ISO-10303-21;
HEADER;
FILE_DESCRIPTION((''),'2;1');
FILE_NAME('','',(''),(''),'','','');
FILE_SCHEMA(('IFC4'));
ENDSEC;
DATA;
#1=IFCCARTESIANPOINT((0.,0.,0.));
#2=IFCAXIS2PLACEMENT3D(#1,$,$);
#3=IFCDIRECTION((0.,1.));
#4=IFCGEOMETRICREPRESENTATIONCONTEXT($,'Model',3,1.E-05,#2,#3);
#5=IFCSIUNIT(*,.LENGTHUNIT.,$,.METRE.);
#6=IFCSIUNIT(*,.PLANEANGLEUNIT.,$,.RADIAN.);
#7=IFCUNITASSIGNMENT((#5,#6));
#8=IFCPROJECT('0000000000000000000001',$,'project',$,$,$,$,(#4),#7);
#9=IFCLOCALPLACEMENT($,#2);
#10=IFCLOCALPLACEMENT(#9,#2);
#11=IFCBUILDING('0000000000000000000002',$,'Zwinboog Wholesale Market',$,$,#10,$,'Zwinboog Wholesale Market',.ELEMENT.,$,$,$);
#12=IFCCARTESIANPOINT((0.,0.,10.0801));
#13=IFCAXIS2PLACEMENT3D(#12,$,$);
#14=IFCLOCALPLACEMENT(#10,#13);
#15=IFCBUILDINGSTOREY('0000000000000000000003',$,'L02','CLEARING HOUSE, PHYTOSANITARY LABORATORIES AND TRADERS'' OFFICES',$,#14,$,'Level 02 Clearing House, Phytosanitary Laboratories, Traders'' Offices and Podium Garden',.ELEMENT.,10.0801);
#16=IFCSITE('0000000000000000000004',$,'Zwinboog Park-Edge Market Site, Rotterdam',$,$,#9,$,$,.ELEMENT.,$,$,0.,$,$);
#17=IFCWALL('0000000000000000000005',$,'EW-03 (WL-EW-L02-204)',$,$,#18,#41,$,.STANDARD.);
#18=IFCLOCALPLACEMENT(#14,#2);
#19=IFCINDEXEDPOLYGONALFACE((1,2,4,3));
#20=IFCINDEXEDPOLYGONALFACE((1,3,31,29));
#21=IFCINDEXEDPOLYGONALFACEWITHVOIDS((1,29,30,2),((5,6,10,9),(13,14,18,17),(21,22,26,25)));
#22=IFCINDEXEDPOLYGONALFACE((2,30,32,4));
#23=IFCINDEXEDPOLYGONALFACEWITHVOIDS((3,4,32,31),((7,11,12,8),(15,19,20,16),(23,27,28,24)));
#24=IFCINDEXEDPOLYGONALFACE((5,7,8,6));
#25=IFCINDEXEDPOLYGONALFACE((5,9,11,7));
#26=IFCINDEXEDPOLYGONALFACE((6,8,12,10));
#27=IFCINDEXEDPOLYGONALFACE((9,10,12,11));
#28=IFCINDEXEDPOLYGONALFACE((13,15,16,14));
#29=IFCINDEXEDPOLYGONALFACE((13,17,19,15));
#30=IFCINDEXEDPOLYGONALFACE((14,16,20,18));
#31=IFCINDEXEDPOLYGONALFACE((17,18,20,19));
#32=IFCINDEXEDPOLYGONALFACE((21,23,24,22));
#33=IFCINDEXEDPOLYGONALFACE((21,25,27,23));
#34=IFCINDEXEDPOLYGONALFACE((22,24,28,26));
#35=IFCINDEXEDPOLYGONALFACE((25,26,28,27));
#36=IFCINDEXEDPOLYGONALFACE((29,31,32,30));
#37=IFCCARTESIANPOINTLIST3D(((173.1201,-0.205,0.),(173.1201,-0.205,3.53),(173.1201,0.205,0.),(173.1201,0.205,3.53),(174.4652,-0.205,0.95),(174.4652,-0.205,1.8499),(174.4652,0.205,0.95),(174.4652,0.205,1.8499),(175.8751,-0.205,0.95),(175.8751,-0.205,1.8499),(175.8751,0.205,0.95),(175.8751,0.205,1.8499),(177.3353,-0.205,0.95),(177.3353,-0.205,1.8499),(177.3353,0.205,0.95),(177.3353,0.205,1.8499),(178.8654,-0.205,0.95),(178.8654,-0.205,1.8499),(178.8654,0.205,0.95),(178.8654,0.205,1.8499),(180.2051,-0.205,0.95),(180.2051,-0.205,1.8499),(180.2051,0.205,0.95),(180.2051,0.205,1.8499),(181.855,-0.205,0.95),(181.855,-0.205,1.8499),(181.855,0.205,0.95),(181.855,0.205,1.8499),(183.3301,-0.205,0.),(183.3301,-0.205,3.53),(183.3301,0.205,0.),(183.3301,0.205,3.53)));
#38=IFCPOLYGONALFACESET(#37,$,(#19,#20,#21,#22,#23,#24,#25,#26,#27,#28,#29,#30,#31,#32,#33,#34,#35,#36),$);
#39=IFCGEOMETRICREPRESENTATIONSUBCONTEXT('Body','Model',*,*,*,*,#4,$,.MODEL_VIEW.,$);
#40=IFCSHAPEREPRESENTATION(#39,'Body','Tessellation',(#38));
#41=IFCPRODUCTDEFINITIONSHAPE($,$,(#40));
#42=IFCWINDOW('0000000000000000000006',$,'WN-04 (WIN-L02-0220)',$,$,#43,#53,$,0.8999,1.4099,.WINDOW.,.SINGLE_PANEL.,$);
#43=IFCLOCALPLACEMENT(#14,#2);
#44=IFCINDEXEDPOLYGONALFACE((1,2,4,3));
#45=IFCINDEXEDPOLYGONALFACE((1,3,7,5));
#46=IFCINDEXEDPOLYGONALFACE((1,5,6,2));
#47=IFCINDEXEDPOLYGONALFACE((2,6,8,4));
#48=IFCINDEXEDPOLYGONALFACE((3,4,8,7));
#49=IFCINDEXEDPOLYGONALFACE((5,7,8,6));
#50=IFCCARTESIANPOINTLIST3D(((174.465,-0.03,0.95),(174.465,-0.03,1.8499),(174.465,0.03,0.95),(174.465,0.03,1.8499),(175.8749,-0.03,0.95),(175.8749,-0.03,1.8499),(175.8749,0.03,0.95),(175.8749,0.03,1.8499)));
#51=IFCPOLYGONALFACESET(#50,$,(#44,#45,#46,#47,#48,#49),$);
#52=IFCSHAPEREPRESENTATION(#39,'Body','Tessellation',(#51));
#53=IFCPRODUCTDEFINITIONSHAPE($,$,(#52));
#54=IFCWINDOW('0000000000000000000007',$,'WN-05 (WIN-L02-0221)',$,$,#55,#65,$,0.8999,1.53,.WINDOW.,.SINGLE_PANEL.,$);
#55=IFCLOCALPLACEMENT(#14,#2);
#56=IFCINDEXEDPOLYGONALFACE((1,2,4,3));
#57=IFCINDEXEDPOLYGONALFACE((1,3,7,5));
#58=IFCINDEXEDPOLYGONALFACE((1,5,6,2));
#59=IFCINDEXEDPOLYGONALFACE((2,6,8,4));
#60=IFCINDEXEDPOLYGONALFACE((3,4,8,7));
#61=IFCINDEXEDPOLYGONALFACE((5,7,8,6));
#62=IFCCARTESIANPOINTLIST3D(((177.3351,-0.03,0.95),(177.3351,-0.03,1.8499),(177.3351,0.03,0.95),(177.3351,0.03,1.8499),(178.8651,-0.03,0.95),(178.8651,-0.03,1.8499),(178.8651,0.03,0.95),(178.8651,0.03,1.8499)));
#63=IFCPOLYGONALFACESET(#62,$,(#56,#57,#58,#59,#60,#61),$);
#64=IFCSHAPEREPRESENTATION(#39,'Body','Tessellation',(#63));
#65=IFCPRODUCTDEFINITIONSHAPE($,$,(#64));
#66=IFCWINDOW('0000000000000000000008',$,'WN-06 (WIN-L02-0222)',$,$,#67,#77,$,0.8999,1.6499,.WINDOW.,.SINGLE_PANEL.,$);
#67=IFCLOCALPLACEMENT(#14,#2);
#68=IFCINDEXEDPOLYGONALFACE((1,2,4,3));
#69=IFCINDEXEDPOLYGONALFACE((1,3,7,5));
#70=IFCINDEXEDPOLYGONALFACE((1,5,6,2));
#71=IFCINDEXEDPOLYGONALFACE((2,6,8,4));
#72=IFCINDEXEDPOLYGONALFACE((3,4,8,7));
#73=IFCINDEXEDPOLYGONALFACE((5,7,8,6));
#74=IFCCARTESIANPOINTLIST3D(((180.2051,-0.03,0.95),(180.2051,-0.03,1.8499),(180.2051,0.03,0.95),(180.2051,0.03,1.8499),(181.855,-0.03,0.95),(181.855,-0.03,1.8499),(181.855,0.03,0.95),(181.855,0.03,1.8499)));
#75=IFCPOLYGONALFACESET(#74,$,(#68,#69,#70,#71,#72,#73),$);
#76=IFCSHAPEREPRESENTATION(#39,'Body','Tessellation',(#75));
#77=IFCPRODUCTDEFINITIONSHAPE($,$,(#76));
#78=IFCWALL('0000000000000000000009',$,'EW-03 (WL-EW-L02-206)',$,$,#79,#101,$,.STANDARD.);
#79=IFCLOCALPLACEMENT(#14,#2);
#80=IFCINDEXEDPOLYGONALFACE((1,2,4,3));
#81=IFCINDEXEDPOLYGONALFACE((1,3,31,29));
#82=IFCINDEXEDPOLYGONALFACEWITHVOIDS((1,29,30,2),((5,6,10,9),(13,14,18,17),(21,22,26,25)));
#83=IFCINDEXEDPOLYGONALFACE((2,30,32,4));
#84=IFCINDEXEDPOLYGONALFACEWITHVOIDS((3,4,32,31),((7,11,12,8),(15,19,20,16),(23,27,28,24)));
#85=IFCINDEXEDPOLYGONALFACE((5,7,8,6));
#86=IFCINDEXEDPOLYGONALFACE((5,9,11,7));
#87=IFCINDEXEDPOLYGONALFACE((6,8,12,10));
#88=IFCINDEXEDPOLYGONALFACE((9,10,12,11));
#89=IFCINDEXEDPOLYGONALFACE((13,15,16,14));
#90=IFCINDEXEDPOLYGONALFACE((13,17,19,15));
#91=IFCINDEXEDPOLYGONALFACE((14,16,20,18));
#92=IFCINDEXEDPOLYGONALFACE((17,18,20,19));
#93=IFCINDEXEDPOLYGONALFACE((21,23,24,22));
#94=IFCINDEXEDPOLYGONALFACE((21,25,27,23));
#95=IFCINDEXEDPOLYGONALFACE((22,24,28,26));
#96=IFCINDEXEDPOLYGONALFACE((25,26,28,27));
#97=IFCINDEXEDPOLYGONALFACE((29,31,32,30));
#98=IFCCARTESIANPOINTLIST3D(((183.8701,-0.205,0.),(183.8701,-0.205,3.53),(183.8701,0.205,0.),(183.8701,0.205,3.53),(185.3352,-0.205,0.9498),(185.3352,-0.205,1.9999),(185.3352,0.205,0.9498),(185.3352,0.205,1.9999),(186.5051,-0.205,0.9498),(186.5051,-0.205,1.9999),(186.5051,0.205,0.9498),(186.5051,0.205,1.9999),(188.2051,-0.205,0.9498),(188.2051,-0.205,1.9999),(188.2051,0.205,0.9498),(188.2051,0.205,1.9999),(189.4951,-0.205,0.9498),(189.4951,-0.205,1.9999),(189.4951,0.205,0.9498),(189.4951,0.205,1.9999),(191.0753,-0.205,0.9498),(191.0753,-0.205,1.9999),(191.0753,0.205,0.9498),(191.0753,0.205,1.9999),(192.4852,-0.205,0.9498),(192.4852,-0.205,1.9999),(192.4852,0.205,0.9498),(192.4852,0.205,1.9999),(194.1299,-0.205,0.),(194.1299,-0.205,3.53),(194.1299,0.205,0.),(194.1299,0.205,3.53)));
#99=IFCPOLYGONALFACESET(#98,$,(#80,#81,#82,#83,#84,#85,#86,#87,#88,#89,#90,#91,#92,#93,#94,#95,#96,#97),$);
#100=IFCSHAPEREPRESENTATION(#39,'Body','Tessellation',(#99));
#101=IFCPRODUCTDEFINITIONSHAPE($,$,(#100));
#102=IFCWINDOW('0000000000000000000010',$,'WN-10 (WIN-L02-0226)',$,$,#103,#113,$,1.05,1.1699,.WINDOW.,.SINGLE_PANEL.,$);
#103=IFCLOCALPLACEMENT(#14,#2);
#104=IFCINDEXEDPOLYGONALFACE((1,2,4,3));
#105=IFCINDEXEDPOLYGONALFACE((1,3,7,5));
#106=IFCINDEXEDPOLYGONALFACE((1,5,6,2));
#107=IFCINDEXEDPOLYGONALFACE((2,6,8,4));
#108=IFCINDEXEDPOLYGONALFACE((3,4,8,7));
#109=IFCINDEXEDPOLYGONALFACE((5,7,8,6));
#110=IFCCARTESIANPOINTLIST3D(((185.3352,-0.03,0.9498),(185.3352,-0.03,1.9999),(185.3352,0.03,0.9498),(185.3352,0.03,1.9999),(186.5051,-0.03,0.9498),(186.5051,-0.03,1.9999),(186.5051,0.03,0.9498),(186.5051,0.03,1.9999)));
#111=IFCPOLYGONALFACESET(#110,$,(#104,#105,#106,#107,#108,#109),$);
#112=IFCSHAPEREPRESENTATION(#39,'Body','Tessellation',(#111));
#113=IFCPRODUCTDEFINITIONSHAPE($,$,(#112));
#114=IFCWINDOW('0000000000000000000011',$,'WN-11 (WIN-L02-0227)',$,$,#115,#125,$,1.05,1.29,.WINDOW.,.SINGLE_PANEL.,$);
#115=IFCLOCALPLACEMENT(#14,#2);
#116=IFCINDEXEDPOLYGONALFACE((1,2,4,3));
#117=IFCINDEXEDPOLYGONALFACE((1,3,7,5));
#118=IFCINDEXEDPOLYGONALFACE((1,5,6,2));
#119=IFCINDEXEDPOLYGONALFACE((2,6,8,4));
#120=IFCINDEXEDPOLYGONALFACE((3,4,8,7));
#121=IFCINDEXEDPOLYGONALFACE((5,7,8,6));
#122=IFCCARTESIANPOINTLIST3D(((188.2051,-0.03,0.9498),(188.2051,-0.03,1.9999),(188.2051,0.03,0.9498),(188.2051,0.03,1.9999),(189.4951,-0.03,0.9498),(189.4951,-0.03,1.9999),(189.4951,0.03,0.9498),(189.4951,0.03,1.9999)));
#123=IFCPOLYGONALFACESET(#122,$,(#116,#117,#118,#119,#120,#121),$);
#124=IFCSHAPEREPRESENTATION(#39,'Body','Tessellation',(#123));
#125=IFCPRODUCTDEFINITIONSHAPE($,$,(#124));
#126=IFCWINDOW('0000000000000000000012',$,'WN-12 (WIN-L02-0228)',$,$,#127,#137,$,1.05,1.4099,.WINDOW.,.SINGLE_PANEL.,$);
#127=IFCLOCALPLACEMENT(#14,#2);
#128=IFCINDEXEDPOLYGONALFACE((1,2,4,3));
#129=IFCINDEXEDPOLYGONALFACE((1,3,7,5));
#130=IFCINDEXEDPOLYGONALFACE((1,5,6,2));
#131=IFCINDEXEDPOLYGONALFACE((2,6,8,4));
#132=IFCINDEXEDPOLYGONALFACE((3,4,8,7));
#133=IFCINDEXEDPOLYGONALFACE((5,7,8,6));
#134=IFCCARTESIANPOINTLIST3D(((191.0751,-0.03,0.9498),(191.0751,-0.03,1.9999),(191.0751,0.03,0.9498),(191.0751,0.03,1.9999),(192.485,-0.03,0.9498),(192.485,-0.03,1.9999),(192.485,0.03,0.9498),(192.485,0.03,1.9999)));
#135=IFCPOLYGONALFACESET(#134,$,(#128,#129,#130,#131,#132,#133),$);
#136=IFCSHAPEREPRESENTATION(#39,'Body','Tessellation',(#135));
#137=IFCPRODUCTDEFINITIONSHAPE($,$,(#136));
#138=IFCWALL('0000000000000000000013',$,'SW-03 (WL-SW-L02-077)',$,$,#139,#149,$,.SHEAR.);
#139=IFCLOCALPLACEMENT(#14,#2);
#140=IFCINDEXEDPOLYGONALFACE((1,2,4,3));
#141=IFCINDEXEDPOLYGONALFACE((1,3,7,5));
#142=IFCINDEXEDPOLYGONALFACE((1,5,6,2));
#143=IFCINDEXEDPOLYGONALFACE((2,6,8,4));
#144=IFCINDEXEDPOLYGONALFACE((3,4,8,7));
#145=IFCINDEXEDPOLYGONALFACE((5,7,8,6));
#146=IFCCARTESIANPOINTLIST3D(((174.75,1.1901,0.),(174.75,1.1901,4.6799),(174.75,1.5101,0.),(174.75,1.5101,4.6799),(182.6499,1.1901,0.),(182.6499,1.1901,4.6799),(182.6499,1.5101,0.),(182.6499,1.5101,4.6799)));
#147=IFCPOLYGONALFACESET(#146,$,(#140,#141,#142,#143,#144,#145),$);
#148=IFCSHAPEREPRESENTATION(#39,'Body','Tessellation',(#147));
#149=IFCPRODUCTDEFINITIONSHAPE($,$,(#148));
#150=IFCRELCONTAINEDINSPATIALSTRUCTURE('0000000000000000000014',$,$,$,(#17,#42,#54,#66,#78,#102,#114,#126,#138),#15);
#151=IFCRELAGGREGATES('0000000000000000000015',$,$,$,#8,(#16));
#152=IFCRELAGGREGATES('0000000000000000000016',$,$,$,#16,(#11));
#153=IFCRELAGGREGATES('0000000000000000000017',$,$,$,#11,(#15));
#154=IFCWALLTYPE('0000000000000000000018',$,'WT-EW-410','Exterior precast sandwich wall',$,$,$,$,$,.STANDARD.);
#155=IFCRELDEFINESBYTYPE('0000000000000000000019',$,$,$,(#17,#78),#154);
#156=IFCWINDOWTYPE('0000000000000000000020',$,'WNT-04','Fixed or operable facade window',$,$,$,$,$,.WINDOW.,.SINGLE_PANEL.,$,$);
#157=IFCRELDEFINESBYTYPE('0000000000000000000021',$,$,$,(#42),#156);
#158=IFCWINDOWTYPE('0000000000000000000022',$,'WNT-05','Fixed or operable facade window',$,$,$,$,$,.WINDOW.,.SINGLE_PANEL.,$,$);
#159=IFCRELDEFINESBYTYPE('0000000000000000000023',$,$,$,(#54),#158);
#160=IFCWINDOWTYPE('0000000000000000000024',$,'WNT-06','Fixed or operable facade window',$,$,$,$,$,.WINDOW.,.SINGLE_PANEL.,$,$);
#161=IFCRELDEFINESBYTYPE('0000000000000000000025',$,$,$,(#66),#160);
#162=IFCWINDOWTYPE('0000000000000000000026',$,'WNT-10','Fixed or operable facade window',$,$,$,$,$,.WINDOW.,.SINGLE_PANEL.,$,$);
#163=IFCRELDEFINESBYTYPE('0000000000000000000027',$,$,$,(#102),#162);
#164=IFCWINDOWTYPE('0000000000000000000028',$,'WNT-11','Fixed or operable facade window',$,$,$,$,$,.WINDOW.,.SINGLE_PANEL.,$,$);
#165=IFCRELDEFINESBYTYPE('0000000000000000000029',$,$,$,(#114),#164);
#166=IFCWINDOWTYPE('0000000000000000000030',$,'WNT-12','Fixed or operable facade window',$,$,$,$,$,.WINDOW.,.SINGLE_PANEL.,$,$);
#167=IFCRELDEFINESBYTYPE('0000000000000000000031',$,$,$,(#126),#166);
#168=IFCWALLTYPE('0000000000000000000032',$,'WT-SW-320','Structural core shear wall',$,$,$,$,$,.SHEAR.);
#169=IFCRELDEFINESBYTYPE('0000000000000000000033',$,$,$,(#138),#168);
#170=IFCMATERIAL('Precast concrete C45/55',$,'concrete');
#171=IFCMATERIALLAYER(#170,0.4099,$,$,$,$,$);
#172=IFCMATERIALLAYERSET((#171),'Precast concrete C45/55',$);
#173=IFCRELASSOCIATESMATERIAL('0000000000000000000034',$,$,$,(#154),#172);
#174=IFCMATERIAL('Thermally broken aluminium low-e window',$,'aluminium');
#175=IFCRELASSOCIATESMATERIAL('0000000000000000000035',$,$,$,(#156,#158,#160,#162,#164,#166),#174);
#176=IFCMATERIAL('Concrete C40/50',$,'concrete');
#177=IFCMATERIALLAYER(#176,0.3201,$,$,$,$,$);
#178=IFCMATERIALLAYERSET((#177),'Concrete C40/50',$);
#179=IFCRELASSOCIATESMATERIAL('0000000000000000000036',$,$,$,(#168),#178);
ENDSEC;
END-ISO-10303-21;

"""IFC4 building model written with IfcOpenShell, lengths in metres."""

from ifc_helpers import new_model, si_unit, direction, frame, frame_2d, origin, place, context, subcontext, project, spatial, rectangle, extrude, material, layer, layer_set, type_object, element, fill, save


model = new_model("IFC4")

# Units and contexts
model_context = context("Model", 3, precision=1e-05, world=origin(), true_north=direction((0.0, 1.0)))
body_context = subcontext(model_context, "Body", "Model", "MODEL_VIEW")
ifc_project = project(units=[si_unit("LENGTHUNIT", "METRE"), si_unit("PLANEANGLEUNIT", "RADIAN")], contexts=[model_context])

# Site, building, storey
site_placement = place(None, origin())
site = spatial("IfcSite", under=ifc_project, at=site_placement, Name="Zwinboog Park-Edge Market Site, Rotterdam", CompositionType="ELEMENT", RefElevation=0.0)
building_placement = place(site_placement, origin())
building = spatial("IfcBuilding", under=site, at=building_placement, Name="Zwinboog Wholesale Market", LongName="Zwinboog Wholesale Market", CompositionType="ELEMENT")
storey_placement = place(building_placement, frame((0.0, 0.0, 10.0801)))
storey = spatial("IfcBuildingStorey", under=building, at=storey_placement, Name="L02", Description="CLEARING HOUSE, PHYTOSANITARY LABORATORIES AND TRADERS' OFFICES", LongName="Level 02 Clearing House, Phytosanitary Laboratories, Traders' Offices and Podium Garden", CompositionType="ELEMENT", Elevation=10.0801)

# Shared definitions
ifc_material_1 = material(Name="Precast concrete C45/55", Category="concrete")

# Walls, openings, windows
ifc_layer_1 = layer(ifc_material_1, 0.4099)
ifc_layer_set_1 = layer_set([ifc_layer_1], Name="Precast concrete C45/55")
wall_type_1 = type_object("IfcWallType", Name="WT-EW-410", Description="Exterior precast sandwich wall", PredefinedType="STANDARD", material=ifc_layer_set_1)
wall_1_placement = place(storey_placement, frame((173.1201, 0.0, 0.0), z_axis=(0.0, 0.0, 1.0), x_axis=(1.0, 0.0, 0.0)))
wall_1 = element("IfcWall", 1, at=wall_1_placement, inside=storey, type_object=wall_type_1, Name="EW-03 (WL-EW-L02-204)", PredefinedType="STANDARD", context=body_context, shape_type="SweptSolid", body=[
    extrude(rectangle(XDim=10.21, YDim=0.4099, at=frame_2d((5.105, 0.0))), origin(), (0.0, 0.0, 1.0), 3.53),
])
opening_1_placement = place(wall_1_placement, frame((1.345, 0.0, 0.95)))
opening_1 = element("IfcOpeningElement", 2, at=opening_1_placement, cuts=wall_1, PredefinedType="OPENING", context=body_context, shape_type="SweptSolid", body=[
    extrude(rectangle(XDim=1.4099, YDim=0.8999, at=frame_2d((0.7051, 0.45))), frame((0.0, 0.2148, 0.0), z_axis=(0.0, -1.0, 0.0), x_axis=(1.0, 0.0, 0.0)), (0.0, 0.0, 1.0), 0.4299),
])
opening_2_placement = place(wall_1_placement, frame((4.2151, 0.0, 0.95)))
opening_2 = element("IfcOpeningElement", 3, at=opening_2_placement, cuts=wall_1, PredefinedType="OPENING", context=body_context, shape_type="SweptSolid", body=[
    extrude(rectangle(XDim=1.53, YDim=0.8999, at=frame_2d((0.7651, 0.45))), frame((0.0, 0.2148, 0.0), z_axis=(0.0, -1.0, 0.0), x_axis=(1.0, 0.0, 0.0)), (0.0, 0.0, 1.0), 0.4299),
])
opening_3_placement = place(wall_1_placement, frame((7.085, 0.0, 0.95)))
opening_3 = element("IfcOpeningElement", 4, at=opening_3_placement, cuts=wall_1, PredefinedType="OPENING", context=body_context, shape_type="SweptSolid", body=[
    extrude(rectangle(XDim=1.6499, YDim=0.8999, at=frame_2d((0.825, 0.45))), frame((0.0, 0.2148, 0.0), z_axis=(0.0, -1.0, 0.0), x_axis=(1.0, 0.0, 0.0)), (0.0, 0.0, 1.0), 0.4299),
])
ifc_material_2 = material(Name="Thermally broken aluminium low-e window", Category="aluminium")
window_type_1 = type_object("IfcWindowType", Name="WNT-04", Description="Fixed or operable facade window", PartitioningType="SINGLE_PANEL", PredefinedType="WINDOW", material=ifc_material_2)
window_1_placement = place(opening_1_placement, frame((1.4099, 0.0, 0.0), z_axis=(0.0, 0.0, 1.0), x_axis=(-1.0, 0.0, 0.0)))
window_1 = element("IfcWindow", 5, at=window_1_placement, inside=storey, type_object=window_type_1, Name="WN-04 (WIN-L02-0220)", OverallHeight=0.8999, OverallWidth=1.4099, PartitioningType="SINGLE_PANEL", PredefinedType="WINDOW", context=body_context, shape_type="SweptSolid", body=[
    extrude(rectangle(XDim=1.4099, YDim=0.8999, at=frame_2d((0.7051, 0.45))), frame((0.0, 0.03, 0.0), z_axis=(0.0, -1.0, 0.0), x_axis=(1.0, 0.0, 0.0)), (0.0, 0.0, 1.0), 0.0601),
])
fill(opening_1, window_1)
window_type_2 = type_object("IfcWindowType", Name="WNT-05", Description="Fixed or operable facade window", PartitioningType="SINGLE_PANEL", PredefinedType="WINDOW", material=ifc_material_2)
window_2_placement = place(opening_2_placement, frame((1.53, 0.0, 0.0), z_axis=(0.0, 0.0, 1.0), x_axis=(-1.0, 0.0, 0.0)))
window_2 = element("IfcWindow", 6, at=window_2_placement, inside=storey, type_object=window_type_2, Name="WN-05 (WIN-L02-0221)", OverallHeight=0.8999, OverallWidth=1.53, PartitioningType="SINGLE_PANEL", PredefinedType="WINDOW", context=body_context, shape_type="SweptSolid", body=[
    extrude(rectangle(XDim=1.53, YDim=0.8999, at=frame_2d((0.7651, 0.45))), frame((0.0, 0.03, 0.0), z_axis=(0.0, -1.0, 0.0), x_axis=(1.0, 0.0, 0.0)), (0.0, 0.0, 1.0), 0.0601),
])
fill(opening_2, window_2)
window_type_3 = type_object("IfcWindowType", Name="WNT-06", Description="Fixed or operable facade window", PartitioningType="SINGLE_PANEL", PredefinedType="WINDOW", material=ifc_material_2)
window_3_placement = place(opening_3_placement, frame((1.6499, 0.0, 0.0), z_axis=(0.0, 0.0, 1.0), x_axis=(-1.0, 0.0, 0.0)))
window_3 = element("IfcWindow", 7, at=window_3_placement, inside=storey, type_object=window_type_3, Name="WN-06 (WIN-L02-0222)", OverallHeight=0.8999, OverallWidth=1.6499, PartitioningType="SINGLE_PANEL", PredefinedType="WINDOW", context=body_context, shape_type="SweptSolid", body=[
    extrude(rectangle(XDim=1.6499, YDim=0.8999, at=frame_2d((0.825, 0.45))), frame((0.0, 0.03, 0.0), z_axis=(0.0, -1.0, 0.0), x_axis=(1.0, 0.0, 0.0)), (0.0, 0.0, 1.0), 0.0601),
])
fill(opening_3, window_3)
wall_2_placement = place(storey_placement, frame((183.8701, 0.0, 0.0), z_axis=(0.0, 0.0, 1.0), x_axis=(1.0, 0.0, 0.0)))
wall_2 = element("IfcWall", 8, at=wall_2_placement, inside=storey, type_object=wall_type_1, Name="EW-03 (WL-EW-L02-206)", PredefinedType="STANDARD", context=body_context, shape_type="SweptSolid", body=[
    extrude(rectangle(XDim=10.2598, YDim=0.4099, at=frame_2d((5.1299, 0.0))), origin(), (0.0, 0.0, 1.0), 3.53),
])
opening_4_placement = place(wall_2_placement, frame((1.4651, 0.0, 0.95)))
opening_4 = element("IfcOpeningElement", 9, at=opening_4_placement, cuts=wall_2, PredefinedType="OPENING", context=body_context, shape_type="SweptSolid", body=[
    extrude(rectangle(XDim=1.1699, YDim=1.05, at=frame_2d((0.585, 0.5249))), frame((0.0, 0.2148, 0.0), z_axis=(0.0, -1.0, 0.0), x_axis=(1.0, 0.0, 0.0)), (0.0, 0.0, 1.0), 0.4299),
])
opening_5_placement = place(wall_2_placement, frame((4.335, 0.0, 0.95)))
opening_5 = element("IfcOpeningElement", 10, at=opening_5_placement, cuts=wall_2, PredefinedType="OPENING", context=body_context, shape_type="SweptSolid", body=[
    extrude(rectangle(XDim=1.29, YDim=1.05, at=frame_2d((0.645, 0.5249))), frame((0.0, 0.2148, 0.0), z_axis=(0.0, -1.0, 0.0), x_axis=(1.0, 0.0, 0.0)), (0.0, 0.0, 1.0), 0.4299),
])
opening_6_placement = place(wall_2_placement, frame((7.2051, 0.0, 0.95)))
opening_6 = element("IfcOpeningElement", 11, at=opening_6_placement, cuts=wall_2, PredefinedType="OPENING", context=body_context, shape_type="SweptSolid", body=[
    extrude(rectangle(XDim=1.4099, YDim=1.05, at=frame_2d((0.7051, 0.5249))), frame((0.0, 0.2148, 0.0), z_axis=(0.0, -1.0, 0.0), x_axis=(1.0, 0.0, 0.0)), (0.0, 0.0, 1.0), 0.4299),
])
window_type_4 = type_object("IfcWindowType", Name="WNT-10", Description="Fixed or operable facade window", PartitioningType="SINGLE_PANEL", PredefinedType="WINDOW", material=ifc_material_2)
window_4_placement = place(opening_4_placement, frame((1.1699, 0.0, 0.0), z_axis=(0.0, 0.0, 1.0), x_axis=(-1.0, 0.0, 0.0)))
window_4 = element("IfcWindow", 12, at=window_4_placement, inside=storey, type_object=window_type_4, Name="WN-10 (WIN-L02-0226)", OverallHeight=1.05, OverallWidth=1.1699, PartitioningType="SINGLE_PANEL", PredefinedType="WINDOW", context=body_context, shape_type="SweptSolid", body=[
    extrude(rectangle(XDim=1.1699, YDim=1.05, at=frame_2d((0.585, 0.5249))), frame((0.0, 0.03, 0.0), z_axis=(0.0, -1.0, 0.0), x_axis=(1.0, 0.0, 0.0)), (0.0, 0.0, 1.0), 0.0601),
])
fill(opening_4, window_4)
window_type_5 = type_object("IfcWindowType", Name="WNT-11", Description="Fixed or operable facade window", PartitioningType="SINGLE_PANEL", PredefinedType="WINDOW", material=ifc_material_2)
window_5_placement = place(opening_5_placement, frame((1.29, 0.0, 0.0), z_axis=(0.0, 0.0, 1.0), x_axis=(-1.0, 0.0, 0.0)))
window_5 = element("IfcWindow", 13, at=window_5_placement, inside=storey, type_object=window_type_5, Name="WN-11 (WIN-L02-0227)", OverallHeight=1.05, OverallWidth=1.29, PartitioningType="SINGLE_PANEL", PredefinedType="WINDOW", context=body_context, shape_type="SweptSolid", body=[
    extrude(rectangle(XDim=1.29, YDim=1.05, at=frame_2d((0.645, 0.5249))), frame((0.0, 0.03, 0.0), z_axis=(0.0, -1.0, 0.0), x_axis=(1.0, 0.0, 0.0)), (0.0, 0.0, 1.0), 0.0601),
])
fill(opening_5, window_5)
window_type_6 = type_object("IfcWindowType", Name="WNT-12", Description="Fixed or operable facade window", PartitioningType="SINGLE_PANEL", PredefinedType="WINDOW", material=ifc_material_2)
window_6_placement = place(opening_6_placement, frame((1.4099, 0.0, 0.0), z_axis=(0.0, 0.0, 1.0), x_axis=(-1.0, 0.0, 0.0)))
window_6 = element("IfcWindow", 14, at=window_6_placement, inside=storey, type_object=window_type_6, Name="WN-12 (WIN-L02-0228)", OverallHeight=1.05, OverallWidth=1.4099, PartitioningType="SINGLE_PANEL", PredefinedType="WINDOW", context=body_context, shape_type="SweptSolid", body=[
    extrude(rectangle(XDim=1.4099, YDim=1.05, at=frame_2d((0.7051, 0.5249))), frame((0.0, 0.03, 0.0), z_axis=(0.0, -1.0, 0.0), x_axis=(1.0, 0.0, 0.0)), (0.0, 0.0, 1.0), 0.0601),
])
fill(opening_6, window_6)

# Wall
ifc_material_3 = material(Name="Concrete C40/50", Category="concrete")
ifc_layer_2 = layer(ifc_material_3, 0.3201)
ifc_layer_set_2 = layer_set([ifc_layer_2], Name="Concrete C40/50")
wall_type_2 = type_object("IfcWallType", Name="WT-SW-320", Description="Structural core shear wall", PredefinedType="SHEAR", material=ifc_layer_set_2)
wall_3_placement = place(storey_placement, frame((174.75, 1.3501, 0.0), z_axis=(0.0, 0.0, 1.0), x_axis=(1.0, 0.0, 0.0)))
element("IfcWall", 15, at=wall_3_placement, inside=storey, type_object=wall_type_2, Name="SW-03 (WL-SW-L02-077)", PredefinedType="SHEAR", context=body_context, shape_type="SweptSolid", body=[
    extrude(rectangle(XDim=7.8999, YDim=0.3201, at=frame_2d((3.95, 0.0))), origin(), (0.0, 0.0, 1.0), 4.6799),
])

save(model, "model.ifc")
